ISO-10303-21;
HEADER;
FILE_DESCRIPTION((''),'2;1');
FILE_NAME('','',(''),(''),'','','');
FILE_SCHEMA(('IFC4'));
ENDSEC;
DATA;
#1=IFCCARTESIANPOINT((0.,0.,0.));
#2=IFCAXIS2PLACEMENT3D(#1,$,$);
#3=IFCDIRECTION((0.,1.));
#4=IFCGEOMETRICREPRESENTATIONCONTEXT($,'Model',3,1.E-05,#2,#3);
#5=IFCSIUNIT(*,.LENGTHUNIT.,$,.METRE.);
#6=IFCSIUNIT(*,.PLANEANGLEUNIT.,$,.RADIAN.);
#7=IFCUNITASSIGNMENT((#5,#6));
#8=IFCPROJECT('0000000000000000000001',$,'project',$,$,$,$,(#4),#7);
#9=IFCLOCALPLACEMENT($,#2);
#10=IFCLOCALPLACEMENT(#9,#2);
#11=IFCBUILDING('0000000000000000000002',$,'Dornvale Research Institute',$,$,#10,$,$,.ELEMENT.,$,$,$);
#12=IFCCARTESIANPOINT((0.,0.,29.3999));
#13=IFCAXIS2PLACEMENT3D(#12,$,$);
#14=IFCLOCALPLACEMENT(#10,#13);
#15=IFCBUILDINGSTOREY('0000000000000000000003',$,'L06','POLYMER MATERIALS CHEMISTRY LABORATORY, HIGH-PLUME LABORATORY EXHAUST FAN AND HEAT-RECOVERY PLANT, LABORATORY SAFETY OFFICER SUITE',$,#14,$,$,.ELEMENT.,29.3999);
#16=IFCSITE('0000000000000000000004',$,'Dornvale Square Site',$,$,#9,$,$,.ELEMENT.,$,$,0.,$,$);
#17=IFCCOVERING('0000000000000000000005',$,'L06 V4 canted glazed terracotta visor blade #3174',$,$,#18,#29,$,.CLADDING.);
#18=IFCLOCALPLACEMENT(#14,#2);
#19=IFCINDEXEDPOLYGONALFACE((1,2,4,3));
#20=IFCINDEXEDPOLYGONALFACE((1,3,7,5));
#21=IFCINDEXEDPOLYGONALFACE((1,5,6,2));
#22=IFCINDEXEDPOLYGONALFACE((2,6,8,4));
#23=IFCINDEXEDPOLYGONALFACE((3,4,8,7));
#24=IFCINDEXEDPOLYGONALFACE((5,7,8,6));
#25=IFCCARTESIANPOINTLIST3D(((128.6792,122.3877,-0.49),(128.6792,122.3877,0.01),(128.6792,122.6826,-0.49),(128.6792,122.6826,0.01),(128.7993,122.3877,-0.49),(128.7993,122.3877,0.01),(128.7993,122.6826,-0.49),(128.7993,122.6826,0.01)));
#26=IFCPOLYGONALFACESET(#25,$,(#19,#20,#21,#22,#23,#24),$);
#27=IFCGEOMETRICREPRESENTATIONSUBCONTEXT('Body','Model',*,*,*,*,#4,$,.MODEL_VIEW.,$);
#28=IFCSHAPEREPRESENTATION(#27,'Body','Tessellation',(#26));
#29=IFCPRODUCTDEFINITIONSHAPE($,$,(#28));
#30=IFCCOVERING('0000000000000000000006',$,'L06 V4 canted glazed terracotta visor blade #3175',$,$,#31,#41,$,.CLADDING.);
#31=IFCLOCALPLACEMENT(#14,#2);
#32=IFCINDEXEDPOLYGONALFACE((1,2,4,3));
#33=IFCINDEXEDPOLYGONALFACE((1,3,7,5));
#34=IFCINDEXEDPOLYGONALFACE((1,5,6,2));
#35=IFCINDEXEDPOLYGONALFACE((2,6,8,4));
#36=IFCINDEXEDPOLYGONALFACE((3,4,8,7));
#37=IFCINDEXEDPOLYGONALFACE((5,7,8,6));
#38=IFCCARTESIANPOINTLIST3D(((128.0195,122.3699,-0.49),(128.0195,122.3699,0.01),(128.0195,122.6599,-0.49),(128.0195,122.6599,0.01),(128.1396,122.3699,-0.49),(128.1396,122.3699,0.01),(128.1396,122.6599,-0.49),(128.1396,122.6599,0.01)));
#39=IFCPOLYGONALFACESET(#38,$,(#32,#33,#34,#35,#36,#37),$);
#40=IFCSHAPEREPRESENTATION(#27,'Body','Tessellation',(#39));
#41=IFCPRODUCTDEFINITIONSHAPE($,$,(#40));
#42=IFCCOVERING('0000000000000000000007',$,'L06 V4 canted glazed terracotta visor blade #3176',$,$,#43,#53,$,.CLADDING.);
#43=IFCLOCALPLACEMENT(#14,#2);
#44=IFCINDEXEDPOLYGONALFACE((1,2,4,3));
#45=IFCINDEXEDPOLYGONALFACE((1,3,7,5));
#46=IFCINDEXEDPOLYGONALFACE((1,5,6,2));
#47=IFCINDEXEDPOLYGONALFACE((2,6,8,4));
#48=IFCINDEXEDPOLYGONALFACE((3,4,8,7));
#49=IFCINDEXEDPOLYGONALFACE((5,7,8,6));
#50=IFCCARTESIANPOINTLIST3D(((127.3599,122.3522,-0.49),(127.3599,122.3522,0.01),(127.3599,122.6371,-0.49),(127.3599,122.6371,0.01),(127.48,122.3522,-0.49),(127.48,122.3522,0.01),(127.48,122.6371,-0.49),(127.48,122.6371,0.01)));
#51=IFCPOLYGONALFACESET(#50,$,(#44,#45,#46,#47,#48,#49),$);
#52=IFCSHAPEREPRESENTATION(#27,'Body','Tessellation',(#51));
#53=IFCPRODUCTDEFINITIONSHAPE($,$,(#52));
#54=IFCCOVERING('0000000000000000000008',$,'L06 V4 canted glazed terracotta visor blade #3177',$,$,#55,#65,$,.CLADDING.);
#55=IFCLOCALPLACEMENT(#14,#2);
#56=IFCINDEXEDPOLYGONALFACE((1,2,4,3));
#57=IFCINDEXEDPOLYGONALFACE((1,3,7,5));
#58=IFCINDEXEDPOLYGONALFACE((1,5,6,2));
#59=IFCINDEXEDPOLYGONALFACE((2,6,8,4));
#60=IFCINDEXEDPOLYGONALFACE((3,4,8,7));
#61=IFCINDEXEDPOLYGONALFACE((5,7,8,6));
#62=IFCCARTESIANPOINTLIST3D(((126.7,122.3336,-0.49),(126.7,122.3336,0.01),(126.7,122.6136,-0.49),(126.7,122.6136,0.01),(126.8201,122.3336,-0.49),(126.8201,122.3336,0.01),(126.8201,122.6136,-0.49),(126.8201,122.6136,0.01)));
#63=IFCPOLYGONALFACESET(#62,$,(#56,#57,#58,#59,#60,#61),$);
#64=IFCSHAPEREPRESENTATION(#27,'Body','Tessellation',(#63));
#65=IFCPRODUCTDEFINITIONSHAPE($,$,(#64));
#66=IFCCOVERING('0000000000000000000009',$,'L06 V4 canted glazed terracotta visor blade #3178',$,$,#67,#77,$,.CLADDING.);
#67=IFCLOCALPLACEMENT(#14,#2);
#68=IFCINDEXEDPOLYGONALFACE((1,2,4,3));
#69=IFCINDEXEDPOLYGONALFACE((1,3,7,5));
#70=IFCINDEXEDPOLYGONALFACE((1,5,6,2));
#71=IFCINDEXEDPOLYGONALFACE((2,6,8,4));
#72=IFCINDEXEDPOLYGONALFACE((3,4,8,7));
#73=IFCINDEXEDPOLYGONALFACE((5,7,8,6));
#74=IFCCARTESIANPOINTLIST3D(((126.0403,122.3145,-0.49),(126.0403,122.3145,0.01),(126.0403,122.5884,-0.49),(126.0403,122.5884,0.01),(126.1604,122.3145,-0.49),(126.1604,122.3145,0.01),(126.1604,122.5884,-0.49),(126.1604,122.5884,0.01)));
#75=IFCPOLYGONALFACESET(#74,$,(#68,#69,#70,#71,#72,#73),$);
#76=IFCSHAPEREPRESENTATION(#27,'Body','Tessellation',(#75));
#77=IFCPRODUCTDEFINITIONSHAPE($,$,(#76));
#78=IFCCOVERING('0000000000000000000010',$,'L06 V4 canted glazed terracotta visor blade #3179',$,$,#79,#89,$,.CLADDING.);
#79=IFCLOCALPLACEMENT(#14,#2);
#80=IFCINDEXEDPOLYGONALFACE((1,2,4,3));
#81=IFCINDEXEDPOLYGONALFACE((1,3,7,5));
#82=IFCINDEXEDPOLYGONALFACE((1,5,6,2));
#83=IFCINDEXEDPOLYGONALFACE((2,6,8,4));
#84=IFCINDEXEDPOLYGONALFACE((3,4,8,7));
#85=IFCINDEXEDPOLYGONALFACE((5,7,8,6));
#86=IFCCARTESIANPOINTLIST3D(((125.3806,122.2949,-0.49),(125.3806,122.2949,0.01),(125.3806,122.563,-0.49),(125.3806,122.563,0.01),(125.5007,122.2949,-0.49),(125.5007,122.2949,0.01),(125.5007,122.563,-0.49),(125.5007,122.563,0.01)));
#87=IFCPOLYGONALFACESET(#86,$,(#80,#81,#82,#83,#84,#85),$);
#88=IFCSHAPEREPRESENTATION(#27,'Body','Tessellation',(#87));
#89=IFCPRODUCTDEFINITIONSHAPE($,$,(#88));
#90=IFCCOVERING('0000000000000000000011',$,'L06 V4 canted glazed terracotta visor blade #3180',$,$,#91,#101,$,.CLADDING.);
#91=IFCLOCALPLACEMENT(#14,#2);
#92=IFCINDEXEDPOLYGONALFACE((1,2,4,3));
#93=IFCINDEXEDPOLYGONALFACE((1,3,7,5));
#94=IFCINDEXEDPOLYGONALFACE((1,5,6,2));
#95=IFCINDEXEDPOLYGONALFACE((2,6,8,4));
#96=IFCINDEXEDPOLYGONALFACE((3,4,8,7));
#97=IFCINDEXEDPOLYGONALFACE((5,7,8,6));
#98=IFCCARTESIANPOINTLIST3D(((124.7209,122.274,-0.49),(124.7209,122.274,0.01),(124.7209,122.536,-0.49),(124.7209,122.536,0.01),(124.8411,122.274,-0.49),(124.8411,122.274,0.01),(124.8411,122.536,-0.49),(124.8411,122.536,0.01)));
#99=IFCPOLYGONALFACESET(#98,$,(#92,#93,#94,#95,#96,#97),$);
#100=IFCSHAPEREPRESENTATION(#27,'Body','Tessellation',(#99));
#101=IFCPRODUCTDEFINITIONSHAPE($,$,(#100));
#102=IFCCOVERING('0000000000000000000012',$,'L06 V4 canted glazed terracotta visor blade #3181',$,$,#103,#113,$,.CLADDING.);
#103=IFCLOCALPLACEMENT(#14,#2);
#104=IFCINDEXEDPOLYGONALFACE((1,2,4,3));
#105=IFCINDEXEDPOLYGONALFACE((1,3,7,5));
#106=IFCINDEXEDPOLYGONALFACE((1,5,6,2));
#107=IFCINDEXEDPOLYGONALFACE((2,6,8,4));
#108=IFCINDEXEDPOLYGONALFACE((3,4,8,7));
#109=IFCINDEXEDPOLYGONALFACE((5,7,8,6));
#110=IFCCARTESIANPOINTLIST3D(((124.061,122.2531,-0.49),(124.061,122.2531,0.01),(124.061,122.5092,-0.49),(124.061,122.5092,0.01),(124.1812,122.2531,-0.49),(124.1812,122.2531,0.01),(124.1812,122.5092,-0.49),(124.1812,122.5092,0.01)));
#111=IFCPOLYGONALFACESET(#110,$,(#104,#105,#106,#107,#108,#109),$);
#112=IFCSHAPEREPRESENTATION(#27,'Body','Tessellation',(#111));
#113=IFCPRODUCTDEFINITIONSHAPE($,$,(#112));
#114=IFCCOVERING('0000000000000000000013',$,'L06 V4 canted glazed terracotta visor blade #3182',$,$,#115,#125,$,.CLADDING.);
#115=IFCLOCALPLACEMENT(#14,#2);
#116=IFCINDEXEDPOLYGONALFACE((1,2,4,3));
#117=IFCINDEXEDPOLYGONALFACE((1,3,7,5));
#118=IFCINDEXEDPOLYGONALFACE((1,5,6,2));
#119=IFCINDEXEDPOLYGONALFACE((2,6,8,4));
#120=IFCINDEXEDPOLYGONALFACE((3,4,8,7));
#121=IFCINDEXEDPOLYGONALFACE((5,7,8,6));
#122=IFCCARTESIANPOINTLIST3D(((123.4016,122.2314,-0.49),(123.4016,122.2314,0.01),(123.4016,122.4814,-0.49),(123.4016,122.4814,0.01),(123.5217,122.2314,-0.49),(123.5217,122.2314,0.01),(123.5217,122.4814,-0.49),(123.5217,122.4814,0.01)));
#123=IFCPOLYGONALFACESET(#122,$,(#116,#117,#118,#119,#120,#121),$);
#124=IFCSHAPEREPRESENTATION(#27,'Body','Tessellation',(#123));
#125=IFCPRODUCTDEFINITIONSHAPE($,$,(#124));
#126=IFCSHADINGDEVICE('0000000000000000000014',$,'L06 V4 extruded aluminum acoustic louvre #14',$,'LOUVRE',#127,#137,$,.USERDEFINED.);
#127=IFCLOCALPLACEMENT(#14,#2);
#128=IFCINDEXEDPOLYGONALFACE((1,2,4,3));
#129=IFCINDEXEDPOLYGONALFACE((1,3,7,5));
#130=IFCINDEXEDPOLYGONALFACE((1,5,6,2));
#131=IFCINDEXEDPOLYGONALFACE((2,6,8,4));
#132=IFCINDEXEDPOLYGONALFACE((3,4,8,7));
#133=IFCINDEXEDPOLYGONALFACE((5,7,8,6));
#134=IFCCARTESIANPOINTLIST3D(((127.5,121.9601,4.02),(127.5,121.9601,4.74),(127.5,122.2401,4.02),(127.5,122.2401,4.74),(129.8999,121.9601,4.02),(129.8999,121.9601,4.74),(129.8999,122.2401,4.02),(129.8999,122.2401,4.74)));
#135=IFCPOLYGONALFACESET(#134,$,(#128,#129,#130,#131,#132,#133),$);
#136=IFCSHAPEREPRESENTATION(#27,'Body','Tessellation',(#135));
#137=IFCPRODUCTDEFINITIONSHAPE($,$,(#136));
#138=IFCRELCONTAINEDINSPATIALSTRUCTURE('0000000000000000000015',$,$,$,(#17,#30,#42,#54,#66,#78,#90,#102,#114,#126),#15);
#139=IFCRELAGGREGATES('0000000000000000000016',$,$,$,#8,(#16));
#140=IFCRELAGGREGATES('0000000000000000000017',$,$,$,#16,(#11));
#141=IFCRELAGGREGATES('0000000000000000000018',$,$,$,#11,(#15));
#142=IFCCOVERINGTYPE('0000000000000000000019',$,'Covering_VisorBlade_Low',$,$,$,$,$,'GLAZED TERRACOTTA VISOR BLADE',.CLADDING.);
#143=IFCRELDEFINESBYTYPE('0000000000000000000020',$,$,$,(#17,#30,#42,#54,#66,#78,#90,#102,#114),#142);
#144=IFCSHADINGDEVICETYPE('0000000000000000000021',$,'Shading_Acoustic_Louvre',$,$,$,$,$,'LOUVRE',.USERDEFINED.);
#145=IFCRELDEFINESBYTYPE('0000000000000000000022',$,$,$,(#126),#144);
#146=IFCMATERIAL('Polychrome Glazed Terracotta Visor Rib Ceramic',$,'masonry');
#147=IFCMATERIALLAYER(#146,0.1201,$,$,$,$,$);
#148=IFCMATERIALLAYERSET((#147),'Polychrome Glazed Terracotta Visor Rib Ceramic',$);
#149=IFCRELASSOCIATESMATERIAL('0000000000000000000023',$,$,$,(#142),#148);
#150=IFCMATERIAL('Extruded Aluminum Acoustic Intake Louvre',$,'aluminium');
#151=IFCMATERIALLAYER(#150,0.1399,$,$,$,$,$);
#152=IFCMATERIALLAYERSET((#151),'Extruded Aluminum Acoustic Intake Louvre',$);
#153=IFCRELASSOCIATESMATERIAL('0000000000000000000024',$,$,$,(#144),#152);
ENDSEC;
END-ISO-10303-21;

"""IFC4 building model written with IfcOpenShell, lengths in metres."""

from ifc_helpers import new_model, si_unit, direction, frame, origin, origin_2d, place, context, subcontext, project, spatial, rectangle, extrude, material, layer, layer_set, type_object, element, save


model = new_model("IFC4")

# Units and contexts
model_context = context("Model", 3, precision=1e-05, world=origin(), true_north=direction((0.0, 1.0)))
body_context = subcontext(model_context, "Body", "Model", "MODEL_VIEW")
ifc_project = project(units=[si_unit("LENGTHUNIT", "METRE"), si_unit("PLANEANGLEUNIT", "RADIAN")], contexts=[model_context])

# Site, building, storey
site_placement = place(None, origin())
site = spatial("IfcSite", under=ifc_project, at=site_placement, Name="Dornvale Square Site", CompositionType="ELEMENT", RefElevation=0.0)
building_placement = place(site_placement, origin())
building = spatial("IfcBuilding", under=site, at=building_placement, Name="Dornvale Research Institute", CompositionType="ELEMENT")
storey_placement = place(building_placement, frame((0.0, 0.0, 29.3999)))
storey = spatial("IfcBuildingStorey", under=building, at=storey_placement, Name="L06", Description="POLYMER MATERIALS CHEMISTRY LABORATORY, HIGH-PLUME LABORATORY EXHAUST FAN AND HEAT-RECOVERY PLANT, LABORATORY SAFETY OFFICER SUITE", CompositionType="ELEMENT", Elevation=29.3999)

# Coverings
ifc_material_1 = material(Name="Polychrome Glazed Terracotta Visor Rib Ceramic", Category="masonry")
ifc_layer_1 = layer(ifc_material_1, 0.1201)
ifc_layer_set_1 = layer_set([ifc_layer_1], Name="Polychrome Glazed Terracotta Visor Rib Ceramic")
covering_type = type_object("IfcCoveringType", Name="Covering_VisorBlade_Low", ElementType="GLAZED TERRACOTTA VISOR BLADE", PredefinedType="CLADDING", material=ifc_layer_set_1)
covering_1_placement = place(storey_placement, frame((128.7393, 122.5352, -0.49), z_axis=(0.0, 0.0, 1.0), x_axis=(0.0, 1.0, 0.0)))
element("IfcCovering", 1, at=covering_1_placement, inside=storey, type_object=covering_type, Name="L06 V4 canted glazed terracotta visor blade #3174", PredefinedType="CLADDING", context=body_context, shape_type="SweptSolid", body=[
    extrude(rectangle(XDim=0.2949, YDim=0.1201, at=origin_2d()), origin(), (0.0, 0.0, 1.0), 0.5),
])
covering_2_placement = place(storey_placement, frame((128.0796, 122.5149, -0.49), z_axis=(0.0, 0.0, 1.0), x_axis=(0.0, 1.0, 0.0)))
element("IfcCovering", 2, at=covering_2_placement, inside=storey, type_object=covering_type, Name="L06 V4 canted glazed terracotta visor blade #3175", PredefinedType="CLADDING", context=body_context, shape_type="SweptSolid", body=[
    extrude(rectangle(XDim=0.29, YDim=0.1201, at=origin_2d()), origin(), (0.0, 0.0, 1.0), 0.5),
])
covering_3_placement = place(storey_placement, frame((127.4199, 122.4946, -0.49), z_axis=(0.0, 0.0, 1.0), x_axis=(0.0, 1.0, 0.0)))
element("IfcCovering", 3, at=covering_3_placement, inside=storey, type_object=covering_type, Name="L06 V4 canted glazed terracotta visor blade #3176", PredefinedType="CLADDING", context=body_context, shape_type="SweptSolid", body=[
    extrude(rectangle(XDim=0.2849, YDim=0.1201, at=origin_2d()), origin(), (0.0, 0.0, 1.0), 0.5),
])
covering_4_placement = place(storey_placement, frame((126.76, 122.4736, -0.49), z_axis=(0.0, 0.0, 1.0), x_axis=(0.0, 1.0, 0.0)))
element("IfcCovering", 4, at=covering_4_placement, inside=storey, type_object=covering_type, Name="L06 V4 canted glazed terracotta visor blade #3177", PredefinedType="CLADDING", context=body_context, shape_type="SweptSolid", body=[
    extrude(rectangle(XDim=0.28, YDim=0.1201, at=origin_2d()), origin(), (0.0, 0.0, 1.0), 0.5),
])
covering_5_placement = place(storey_placement, frame((126.1003, 122.4514, -0.49), z_axis=(0.0, 0.0, 1.0), x_axis=(0.0, 1.0, 0.0)))
element("IfcCovering", 5, at=covering_5_placement, inside=storey, type_object=covering_type, Name="L06 V4 canted glazed terracotta visor blade #3178", PredefinedType="CLADDING", context=body_context, shape_type="SweptSolid", body=[
    extrude(rectangle(XDim=0.2739, YDim=0.1201, at=origin_2d()), origin(), (0.0, 0.0, 1.0), 0.5),
])
covering_6_placement = place(storey_placement, frame((125.4407, 122.429, -0.49), z_axis=(0.0, 0.0, 1.0), x_axis=(0.0, 1.0, 0.0)))
element("IfcCovering", 6, at=covering_6_placement, inside=storey, type_object=covering_type, Name="L06 V4 canted glazed terracotta visor blade #3179", PredefinedType="CLADDING", context=body_context, shape_type="SweptSolid", body=[
    extrude(rectangle(XDim=0.2681, YDim=0.1201, at=origin_2d()), origin(), (0.0, 0.0, 1.0), 0.5),
])
covering_7_placement = place(storey_placement, frame((124.781, 122.405, -0.49), z_axis=(0.0, 0.0, 1.0), x_axis=(0.0, 1.0, 0.0)))
element("IfcCovering", 7, at=covering_7_placement, inside=storey, type_object=covering_type, Name="L06 V4 canted glazed terracotta visor blade #3180", PredefinedType="CLADDING", context=body_context, shape_type="SweptSolid", body=[
    extrude(rectangle(XDim=0.262, YDim=0.1201, at=origin_2d()), origin(), (0.0, 0.0, 1.0), 0.5),
])
covering_8_placement = place(storey_placement, frame((124.1211, 122.3811, -0.49), z_axis=(0.0, 0.0, 1.0), x_axis=(0.0, 1.0, 0.0)))
element("IfcCovering", 8, at=covering_8_placement, inside=storey, type_object=covering_type, Name="L06 V4 canted glazed terracotta visor blade #3181", PredefinedType="CLADDING", context=body_context, shape_type="SweptSolid", body=[
    extrude(rectangle(XDim=0.2561, YDim=0.1201, at=origin_2d()), origin(), (0.0, 0.0, 1.0), 0.5),
])
covering_9_placement = place(storey_placement, frame((123.4617, 122.3564, -0.49), z_axis=(0.0, 0.0, 1.0), x_axis=(0.0, 1.0, 0.0)))
element("IfcCovering", 9, at=covering_9_placement, inside=storey, type_object=covering_type, Name="L06 V4 canted glazed terracotta visor blade #3182", PredefinedType="CLADDING", context=body_context, shape_type="SweptSolid", body=[
    extrude(rectangle(XDim=0.25, YDim=0.1201, at=origin_2d()), origin(), (0.0, 0.0, 1.0), 0.5),
])

# Shading device
ifc_material_2 = material(Name="Extruded Aluminum Acoustic Intake Louvre", Category="aluminium")
ifc_layer_2 = layer(ifc_material_2, 0.1399)
ifc_layer_set_2 = layer_set([ifc_layer_2], Name="Extruded Aluminum Acoustic Intake Louvre")
shading_device_type = type_object("IfcShadingDeviceType", Name="Shading_Acoustic_Louvre", ElementType="LOUVRE", PredefinedType="USERDEFINED", material=ifc_layer_set_2)
shading_device_placement = place(storey_placement, frame((128.7, 122.1001, 4.02), z_axis=(0.0, 0.0, 1.0), x_axis=(1.0, 0.0, 0.0)))
element("IfcShadingDevice", 10, at=shading_device_placement, inside=storey, type_object=shading_device_type, Name="L06 V4 extruded aluminum acoustic louvre #14", ObjectType="LOUVRE", PredefinedType="USERDEFINED", context=body_context, shape_type="SweptSolid", body=[
    extrude(rectangle(XDim=2.3999, YDim=0.28, at=origin_2d()), origin(), (0.0, 0.0, 1.0), 0.72),
])

save(model, "model.ifc")
